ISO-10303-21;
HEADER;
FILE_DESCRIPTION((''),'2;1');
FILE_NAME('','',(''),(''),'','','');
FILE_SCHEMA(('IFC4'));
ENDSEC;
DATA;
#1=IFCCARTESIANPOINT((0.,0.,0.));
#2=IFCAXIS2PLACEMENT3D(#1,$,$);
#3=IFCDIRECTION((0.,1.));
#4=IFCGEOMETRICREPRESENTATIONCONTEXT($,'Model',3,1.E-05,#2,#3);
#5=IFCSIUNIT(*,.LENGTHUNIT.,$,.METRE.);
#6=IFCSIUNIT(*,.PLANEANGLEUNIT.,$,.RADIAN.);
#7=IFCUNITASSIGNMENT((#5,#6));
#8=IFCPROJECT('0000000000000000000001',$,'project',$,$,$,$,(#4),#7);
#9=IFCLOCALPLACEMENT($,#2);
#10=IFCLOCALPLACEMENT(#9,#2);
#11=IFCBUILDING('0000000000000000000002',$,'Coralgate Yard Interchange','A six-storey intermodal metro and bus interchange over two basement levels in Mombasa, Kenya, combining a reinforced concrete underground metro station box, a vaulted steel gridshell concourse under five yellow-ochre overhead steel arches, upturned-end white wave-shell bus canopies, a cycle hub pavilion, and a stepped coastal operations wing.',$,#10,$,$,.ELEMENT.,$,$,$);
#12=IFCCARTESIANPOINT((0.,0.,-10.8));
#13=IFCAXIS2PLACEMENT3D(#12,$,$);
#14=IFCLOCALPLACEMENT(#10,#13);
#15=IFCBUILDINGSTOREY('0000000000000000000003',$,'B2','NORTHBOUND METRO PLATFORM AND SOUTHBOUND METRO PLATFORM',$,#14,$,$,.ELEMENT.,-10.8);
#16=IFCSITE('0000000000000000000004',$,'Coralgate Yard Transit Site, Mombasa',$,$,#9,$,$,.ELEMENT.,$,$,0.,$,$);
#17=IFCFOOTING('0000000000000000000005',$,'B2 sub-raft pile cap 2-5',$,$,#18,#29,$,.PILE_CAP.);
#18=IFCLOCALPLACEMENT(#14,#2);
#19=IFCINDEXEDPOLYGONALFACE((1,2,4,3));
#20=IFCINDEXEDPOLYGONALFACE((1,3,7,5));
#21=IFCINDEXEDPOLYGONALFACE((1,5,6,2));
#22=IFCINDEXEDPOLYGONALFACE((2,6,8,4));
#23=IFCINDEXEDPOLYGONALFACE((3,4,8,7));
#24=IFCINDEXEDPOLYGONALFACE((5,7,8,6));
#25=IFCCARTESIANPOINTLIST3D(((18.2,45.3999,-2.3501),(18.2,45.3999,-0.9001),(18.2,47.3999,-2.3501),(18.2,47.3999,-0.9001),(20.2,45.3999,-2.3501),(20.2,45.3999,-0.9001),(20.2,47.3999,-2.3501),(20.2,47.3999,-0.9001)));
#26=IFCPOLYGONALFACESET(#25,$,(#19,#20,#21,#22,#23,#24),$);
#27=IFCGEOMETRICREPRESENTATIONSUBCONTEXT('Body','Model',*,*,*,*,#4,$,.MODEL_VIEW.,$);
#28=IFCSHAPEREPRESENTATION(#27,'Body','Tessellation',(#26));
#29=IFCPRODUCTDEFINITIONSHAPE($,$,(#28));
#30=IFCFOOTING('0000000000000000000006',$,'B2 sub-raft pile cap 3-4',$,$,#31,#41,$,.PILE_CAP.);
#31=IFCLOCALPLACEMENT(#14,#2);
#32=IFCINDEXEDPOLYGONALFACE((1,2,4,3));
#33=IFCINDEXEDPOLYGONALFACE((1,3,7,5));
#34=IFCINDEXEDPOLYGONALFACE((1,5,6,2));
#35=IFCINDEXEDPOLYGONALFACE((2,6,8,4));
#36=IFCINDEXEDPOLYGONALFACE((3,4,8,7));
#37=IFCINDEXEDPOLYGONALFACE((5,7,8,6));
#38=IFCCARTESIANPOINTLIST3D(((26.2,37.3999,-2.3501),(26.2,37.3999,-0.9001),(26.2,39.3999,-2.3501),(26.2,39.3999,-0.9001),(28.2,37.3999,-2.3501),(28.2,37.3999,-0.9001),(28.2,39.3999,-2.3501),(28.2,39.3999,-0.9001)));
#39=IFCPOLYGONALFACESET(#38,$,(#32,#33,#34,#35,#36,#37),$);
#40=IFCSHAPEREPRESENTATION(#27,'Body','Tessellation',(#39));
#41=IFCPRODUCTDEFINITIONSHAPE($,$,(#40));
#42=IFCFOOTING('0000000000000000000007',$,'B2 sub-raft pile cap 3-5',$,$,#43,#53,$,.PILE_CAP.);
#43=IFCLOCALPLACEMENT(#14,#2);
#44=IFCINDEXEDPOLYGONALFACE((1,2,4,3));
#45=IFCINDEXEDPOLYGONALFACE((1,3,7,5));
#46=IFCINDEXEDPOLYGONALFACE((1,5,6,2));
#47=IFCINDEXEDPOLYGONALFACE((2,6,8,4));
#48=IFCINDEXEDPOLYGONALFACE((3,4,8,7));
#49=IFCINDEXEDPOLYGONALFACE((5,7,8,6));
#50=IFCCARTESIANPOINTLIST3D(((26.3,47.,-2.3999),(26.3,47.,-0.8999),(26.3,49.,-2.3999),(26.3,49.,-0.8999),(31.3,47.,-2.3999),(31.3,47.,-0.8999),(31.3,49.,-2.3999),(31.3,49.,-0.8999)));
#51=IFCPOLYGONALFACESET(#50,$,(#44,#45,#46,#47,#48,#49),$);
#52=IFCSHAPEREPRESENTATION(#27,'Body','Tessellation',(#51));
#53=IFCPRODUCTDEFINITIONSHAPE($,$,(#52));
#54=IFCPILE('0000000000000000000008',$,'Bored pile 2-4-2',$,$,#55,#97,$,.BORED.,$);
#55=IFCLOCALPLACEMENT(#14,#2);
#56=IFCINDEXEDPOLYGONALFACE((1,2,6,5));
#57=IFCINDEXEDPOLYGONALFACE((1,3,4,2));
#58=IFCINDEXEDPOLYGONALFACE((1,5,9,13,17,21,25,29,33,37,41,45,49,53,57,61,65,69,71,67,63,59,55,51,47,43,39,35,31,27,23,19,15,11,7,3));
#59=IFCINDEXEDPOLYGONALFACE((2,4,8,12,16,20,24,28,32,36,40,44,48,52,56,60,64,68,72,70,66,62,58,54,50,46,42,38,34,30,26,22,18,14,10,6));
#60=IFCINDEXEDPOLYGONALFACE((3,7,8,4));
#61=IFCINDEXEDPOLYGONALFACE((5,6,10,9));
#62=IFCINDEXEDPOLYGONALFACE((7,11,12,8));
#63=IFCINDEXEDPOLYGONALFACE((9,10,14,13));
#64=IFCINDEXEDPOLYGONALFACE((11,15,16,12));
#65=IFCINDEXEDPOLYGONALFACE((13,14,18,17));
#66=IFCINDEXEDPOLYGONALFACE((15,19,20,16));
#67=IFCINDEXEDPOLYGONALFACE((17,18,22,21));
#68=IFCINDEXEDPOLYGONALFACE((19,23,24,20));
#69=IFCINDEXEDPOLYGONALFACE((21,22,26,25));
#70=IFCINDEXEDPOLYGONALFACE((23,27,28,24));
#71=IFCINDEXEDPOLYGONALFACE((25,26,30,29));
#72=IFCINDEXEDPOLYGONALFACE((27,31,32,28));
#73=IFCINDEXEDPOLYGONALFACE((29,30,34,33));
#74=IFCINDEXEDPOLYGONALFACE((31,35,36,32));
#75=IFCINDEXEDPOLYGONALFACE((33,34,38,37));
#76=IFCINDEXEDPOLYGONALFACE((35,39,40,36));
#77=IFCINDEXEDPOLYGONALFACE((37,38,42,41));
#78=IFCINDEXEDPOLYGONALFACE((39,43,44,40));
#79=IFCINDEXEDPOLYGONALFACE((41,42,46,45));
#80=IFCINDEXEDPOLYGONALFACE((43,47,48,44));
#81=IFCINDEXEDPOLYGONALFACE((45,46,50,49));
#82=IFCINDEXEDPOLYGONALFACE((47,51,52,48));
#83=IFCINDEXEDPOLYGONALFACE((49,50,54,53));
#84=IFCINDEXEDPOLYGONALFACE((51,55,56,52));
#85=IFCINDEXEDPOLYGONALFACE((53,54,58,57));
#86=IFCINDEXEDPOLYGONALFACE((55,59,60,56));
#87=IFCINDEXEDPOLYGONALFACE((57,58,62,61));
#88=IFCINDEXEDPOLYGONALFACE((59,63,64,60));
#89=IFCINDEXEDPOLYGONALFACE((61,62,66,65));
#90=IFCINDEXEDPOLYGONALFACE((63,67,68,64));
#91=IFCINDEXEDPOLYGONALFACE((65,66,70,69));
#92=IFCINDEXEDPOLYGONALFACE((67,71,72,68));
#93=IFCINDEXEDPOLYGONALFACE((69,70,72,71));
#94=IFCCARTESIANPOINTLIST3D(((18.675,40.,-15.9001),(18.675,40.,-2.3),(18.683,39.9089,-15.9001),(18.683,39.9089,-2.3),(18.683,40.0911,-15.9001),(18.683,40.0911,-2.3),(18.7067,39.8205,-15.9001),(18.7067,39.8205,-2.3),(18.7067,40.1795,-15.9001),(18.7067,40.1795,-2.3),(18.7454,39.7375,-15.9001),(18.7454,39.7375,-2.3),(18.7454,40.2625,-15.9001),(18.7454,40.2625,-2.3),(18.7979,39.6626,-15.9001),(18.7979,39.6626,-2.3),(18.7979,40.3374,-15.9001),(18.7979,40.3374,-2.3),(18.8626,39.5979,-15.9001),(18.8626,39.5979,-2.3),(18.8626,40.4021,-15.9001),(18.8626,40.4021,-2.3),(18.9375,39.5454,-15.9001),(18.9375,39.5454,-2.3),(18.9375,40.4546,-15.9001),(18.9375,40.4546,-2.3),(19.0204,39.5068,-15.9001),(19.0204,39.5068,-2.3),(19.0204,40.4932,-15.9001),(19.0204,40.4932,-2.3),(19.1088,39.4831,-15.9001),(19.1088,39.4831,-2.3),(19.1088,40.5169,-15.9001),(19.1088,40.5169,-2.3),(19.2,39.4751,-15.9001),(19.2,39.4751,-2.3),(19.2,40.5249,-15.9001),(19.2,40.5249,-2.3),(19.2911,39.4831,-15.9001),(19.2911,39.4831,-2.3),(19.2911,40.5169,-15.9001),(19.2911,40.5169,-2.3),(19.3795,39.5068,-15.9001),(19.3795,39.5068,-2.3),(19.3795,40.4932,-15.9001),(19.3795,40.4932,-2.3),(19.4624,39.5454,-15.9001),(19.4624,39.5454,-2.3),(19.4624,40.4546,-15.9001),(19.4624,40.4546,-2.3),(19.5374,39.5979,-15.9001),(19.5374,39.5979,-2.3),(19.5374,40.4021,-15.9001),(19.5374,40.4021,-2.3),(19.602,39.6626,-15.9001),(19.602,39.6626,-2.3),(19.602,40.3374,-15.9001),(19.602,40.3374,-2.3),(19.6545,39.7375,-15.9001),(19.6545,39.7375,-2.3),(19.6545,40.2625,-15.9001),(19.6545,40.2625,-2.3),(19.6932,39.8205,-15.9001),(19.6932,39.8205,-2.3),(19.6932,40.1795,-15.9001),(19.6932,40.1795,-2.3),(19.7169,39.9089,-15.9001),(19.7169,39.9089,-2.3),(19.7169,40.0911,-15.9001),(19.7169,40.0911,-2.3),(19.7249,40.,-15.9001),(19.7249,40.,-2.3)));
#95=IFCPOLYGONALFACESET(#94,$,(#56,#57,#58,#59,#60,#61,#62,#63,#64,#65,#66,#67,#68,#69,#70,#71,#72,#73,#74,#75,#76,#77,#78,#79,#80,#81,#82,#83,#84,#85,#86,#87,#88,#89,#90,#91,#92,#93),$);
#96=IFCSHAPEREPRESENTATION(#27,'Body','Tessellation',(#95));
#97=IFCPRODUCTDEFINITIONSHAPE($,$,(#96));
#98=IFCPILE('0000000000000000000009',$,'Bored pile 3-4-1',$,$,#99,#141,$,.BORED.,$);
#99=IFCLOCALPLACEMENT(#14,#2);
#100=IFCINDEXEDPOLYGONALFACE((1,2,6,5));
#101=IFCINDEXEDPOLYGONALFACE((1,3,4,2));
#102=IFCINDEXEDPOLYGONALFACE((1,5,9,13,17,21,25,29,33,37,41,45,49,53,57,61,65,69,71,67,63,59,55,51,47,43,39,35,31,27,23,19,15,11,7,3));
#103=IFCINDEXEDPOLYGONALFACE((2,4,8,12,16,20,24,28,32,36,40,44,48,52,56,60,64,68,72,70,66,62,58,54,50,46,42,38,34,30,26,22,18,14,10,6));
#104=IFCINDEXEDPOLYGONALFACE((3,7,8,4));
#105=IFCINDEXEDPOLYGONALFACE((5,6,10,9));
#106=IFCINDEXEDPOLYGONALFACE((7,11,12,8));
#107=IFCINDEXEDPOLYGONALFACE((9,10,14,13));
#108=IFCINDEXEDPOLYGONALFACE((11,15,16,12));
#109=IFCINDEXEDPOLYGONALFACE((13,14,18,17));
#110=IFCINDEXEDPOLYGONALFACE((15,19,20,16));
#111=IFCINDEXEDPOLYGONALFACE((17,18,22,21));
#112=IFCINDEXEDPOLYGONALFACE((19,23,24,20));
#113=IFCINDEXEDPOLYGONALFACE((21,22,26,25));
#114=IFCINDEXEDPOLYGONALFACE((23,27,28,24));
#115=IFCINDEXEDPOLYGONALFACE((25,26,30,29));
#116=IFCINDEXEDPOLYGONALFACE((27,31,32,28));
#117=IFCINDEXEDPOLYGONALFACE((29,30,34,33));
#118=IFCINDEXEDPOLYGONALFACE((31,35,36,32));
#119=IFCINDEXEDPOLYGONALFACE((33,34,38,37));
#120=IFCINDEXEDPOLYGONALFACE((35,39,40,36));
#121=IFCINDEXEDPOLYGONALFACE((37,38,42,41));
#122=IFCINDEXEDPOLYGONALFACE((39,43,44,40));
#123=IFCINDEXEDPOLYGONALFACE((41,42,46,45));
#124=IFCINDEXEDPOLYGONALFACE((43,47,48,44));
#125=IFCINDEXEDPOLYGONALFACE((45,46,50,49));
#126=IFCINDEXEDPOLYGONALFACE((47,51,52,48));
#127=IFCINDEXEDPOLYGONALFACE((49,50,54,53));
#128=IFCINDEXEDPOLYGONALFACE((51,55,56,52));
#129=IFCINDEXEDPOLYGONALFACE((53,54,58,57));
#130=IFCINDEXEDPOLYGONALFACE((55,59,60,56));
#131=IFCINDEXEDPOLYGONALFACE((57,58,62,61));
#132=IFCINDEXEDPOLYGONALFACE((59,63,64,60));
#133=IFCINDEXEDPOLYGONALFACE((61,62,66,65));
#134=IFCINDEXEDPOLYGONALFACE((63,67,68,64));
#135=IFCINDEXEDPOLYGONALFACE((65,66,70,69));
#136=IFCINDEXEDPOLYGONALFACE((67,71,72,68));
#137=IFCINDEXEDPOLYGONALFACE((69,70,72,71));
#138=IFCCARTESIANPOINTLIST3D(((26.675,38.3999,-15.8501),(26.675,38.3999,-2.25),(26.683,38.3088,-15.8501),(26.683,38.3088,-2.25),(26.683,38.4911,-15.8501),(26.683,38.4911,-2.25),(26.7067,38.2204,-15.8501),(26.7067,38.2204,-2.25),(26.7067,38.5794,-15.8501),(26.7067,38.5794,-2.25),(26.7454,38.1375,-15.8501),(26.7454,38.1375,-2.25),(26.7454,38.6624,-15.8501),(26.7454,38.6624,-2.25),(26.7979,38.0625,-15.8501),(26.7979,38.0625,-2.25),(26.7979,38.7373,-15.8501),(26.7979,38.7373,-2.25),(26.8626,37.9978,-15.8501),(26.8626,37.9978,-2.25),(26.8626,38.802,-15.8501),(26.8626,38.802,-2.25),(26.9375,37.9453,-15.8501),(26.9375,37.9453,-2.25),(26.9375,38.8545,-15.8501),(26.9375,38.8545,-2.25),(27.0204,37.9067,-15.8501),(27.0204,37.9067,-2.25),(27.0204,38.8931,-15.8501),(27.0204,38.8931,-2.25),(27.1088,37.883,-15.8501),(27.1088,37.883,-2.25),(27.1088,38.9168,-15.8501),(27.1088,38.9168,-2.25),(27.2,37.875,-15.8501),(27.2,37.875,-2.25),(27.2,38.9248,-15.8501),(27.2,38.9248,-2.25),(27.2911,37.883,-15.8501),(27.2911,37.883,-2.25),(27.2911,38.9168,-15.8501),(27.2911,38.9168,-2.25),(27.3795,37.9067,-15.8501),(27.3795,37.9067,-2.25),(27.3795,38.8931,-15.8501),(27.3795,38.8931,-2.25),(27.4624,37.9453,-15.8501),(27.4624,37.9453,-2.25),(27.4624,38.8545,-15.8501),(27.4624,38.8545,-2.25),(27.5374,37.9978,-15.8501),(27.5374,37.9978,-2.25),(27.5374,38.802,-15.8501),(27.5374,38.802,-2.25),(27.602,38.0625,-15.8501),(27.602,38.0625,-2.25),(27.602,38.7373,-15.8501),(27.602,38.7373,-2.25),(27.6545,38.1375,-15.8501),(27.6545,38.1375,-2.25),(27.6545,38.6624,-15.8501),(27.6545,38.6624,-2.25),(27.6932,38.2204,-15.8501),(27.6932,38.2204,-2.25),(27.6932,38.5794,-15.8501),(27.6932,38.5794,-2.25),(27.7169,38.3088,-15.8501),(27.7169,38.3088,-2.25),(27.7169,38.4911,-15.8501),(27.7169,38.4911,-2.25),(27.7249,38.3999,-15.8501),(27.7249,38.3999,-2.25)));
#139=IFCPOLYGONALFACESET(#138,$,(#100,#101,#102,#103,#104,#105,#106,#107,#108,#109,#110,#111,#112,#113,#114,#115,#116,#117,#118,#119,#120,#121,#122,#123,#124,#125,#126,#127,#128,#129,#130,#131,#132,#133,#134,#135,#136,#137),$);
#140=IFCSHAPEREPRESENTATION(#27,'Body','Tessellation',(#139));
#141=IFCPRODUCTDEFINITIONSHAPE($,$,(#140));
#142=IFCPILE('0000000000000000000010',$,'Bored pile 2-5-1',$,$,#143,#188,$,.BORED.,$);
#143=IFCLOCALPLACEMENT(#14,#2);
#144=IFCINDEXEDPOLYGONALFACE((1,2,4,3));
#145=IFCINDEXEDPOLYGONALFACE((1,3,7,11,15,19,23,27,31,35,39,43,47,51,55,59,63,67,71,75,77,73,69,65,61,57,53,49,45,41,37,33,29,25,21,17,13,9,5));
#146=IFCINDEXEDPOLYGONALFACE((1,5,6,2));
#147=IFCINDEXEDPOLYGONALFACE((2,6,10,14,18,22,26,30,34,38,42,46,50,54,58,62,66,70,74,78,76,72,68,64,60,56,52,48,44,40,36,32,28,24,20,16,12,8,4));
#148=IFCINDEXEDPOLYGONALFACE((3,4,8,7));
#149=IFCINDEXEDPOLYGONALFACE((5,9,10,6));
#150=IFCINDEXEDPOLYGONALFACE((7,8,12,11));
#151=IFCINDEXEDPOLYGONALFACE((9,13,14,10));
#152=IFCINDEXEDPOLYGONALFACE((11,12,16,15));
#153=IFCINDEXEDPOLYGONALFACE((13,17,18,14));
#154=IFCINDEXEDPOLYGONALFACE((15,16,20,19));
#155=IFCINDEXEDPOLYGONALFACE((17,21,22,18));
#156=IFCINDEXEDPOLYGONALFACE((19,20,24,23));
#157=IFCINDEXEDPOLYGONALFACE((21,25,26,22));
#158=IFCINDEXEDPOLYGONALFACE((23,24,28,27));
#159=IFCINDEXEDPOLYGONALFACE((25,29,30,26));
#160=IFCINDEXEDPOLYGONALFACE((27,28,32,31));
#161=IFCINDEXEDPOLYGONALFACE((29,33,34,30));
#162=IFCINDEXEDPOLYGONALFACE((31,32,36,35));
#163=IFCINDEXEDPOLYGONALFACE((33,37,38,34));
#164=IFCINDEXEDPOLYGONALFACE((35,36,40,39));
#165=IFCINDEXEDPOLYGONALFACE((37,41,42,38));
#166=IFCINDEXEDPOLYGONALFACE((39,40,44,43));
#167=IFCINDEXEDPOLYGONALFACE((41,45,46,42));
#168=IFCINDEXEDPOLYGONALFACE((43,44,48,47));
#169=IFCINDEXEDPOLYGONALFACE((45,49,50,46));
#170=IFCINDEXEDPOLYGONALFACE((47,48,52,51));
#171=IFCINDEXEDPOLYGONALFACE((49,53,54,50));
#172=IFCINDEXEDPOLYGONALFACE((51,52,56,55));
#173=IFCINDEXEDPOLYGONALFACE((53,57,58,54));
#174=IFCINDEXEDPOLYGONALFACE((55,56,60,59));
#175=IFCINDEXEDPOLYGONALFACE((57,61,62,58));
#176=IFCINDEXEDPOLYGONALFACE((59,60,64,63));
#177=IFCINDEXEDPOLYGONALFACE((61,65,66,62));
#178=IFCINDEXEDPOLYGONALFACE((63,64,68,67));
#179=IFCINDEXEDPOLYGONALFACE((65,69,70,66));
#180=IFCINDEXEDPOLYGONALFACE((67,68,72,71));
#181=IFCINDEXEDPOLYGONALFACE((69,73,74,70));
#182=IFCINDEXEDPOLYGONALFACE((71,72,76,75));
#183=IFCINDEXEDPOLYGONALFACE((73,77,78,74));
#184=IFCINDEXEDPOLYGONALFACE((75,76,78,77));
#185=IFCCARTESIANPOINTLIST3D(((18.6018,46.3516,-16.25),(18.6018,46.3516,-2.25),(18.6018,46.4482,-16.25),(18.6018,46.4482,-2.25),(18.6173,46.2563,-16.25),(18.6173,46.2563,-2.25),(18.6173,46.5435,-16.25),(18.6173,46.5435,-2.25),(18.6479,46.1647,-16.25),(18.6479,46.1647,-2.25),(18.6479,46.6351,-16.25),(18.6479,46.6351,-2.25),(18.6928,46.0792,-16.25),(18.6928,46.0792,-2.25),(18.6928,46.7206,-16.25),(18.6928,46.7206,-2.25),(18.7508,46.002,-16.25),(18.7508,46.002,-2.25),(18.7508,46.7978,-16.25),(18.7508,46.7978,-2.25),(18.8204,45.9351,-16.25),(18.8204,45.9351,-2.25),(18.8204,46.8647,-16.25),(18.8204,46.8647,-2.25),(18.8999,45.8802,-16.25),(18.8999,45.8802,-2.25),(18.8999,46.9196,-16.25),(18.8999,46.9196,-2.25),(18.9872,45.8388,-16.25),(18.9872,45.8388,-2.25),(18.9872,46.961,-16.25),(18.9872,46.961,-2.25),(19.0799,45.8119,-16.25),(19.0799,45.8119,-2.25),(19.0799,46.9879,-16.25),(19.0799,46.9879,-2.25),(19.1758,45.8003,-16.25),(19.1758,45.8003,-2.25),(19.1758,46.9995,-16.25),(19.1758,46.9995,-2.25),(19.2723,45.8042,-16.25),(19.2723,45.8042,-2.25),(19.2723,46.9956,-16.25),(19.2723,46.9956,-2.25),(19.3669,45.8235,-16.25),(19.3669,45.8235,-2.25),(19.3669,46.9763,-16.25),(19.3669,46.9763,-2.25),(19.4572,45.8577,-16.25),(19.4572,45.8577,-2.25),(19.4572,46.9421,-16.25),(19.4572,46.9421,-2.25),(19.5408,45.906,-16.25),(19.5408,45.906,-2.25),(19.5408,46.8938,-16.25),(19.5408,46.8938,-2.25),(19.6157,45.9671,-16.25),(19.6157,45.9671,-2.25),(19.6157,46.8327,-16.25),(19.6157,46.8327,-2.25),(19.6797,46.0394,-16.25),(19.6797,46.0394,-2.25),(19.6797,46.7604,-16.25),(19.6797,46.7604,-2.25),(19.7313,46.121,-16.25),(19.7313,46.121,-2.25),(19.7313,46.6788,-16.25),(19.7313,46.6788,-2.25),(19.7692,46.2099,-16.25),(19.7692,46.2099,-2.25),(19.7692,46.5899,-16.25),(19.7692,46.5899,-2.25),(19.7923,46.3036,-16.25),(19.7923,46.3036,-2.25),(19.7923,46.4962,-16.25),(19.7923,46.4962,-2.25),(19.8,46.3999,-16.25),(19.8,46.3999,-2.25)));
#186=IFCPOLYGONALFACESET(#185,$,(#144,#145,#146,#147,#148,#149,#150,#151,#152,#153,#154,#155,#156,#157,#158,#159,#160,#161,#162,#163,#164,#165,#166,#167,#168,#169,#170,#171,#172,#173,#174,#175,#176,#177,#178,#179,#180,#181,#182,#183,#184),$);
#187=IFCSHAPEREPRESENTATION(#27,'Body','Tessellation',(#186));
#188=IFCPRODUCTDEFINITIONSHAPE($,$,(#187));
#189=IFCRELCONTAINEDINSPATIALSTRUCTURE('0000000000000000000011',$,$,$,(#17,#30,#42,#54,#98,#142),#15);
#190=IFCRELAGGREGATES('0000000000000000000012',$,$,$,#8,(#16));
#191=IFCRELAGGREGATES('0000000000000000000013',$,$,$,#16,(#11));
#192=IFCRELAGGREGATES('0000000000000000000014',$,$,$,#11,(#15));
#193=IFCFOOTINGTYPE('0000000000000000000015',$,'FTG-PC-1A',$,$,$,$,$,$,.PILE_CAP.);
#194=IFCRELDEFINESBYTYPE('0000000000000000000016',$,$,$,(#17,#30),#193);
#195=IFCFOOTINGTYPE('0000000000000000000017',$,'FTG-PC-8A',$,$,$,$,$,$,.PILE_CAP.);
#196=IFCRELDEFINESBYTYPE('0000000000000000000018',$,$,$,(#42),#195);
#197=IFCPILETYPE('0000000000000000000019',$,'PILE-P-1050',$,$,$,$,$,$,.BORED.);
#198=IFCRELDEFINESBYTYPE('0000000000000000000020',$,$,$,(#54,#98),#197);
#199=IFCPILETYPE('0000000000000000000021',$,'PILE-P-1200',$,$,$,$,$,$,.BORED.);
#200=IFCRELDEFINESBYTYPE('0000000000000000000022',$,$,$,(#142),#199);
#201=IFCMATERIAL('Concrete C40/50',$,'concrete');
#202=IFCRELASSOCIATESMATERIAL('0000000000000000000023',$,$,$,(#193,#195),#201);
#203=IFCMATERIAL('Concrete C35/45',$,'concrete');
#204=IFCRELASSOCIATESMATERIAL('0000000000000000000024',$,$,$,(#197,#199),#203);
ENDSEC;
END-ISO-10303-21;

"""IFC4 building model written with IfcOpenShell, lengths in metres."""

from ifc_helpers import new_model, si_unit, direction, frame, origin, origin_2d, place, context, subcontext, project, spatial, rectangle, circle, extrude, material, material_profile, profile_set, type_object, element, save


model = new_model("IFC4")

# Units and contexts
model_context = context("Model", 3, precision=1e-05, world=origin(), true_north=direction((0.0, 1.0)))
body_context = subcontext(model_context, "Body", "Model", "MODEL_VIEW")
ifc_project = project(units=[si_unit("LENGTHUNIT", "METRE"), si_unit("PLANEANGLEUNIT", "RADIAN")], contexts=[model_context])

# Site, building, storey
site_placement = place(None, origin())
site = spatial("IfcSite", under=ifc_project, at=site_placement, Name="Coralgate Yard Transit Site, Mombasa", CompositionType="ELEMENT", RefElevation=0.0)
building_placement = place(site_placement, origin())
building = spatial("IfcBuilding", under=site, at=building_placement, Name="Coralgate Yard Interchange", Description="A six-storey intermodal metro and bus interchange over two basement levels in Mombasa, Kenya, combining a reinforced concrete underground metro station box, a vaulted steel gridshell concourse under five yellow-ochre overhead steel arches, upturned-end white wave-shell bus canopies, a cycle hub pavilion, and a stepped coastal operations wing.", CompositionType="ELEMENT")
storey_placement = place(building_placement, frame((0.0, 0.0, -10.8)))
storey = spatial("IfcBuildingStorey", under=building, at=storey_placement, Name="B2", Description="NORTHBOUND METRO PLATFORM AND SOUTHBOUND METRO PLATFORM", CompositionType="ELEMENT", Elevation=-10.8)

# Footings
ifc_material_1 = material(Name="Concrete C40/50", Category="concrete")
footing_type_1 = type_object("IfcFootingType", Name="FTG-PC-1A", PredefinedType="PILE_CAP", material=ifc_material_1)
for number, where, z_axis, x_axis, name in (
    (1, (19.2, 46.3999, -2.3501), (0.0, 0.0, 1.0), (1.0, 0.0, 0.0), "B2 sub-raft pile cap 2-5"),
    (2, (27.2, 38.3999, -2.3501), (0.0, 0.0, 1.0), (1.0, 0.0, 0.0), "B2 sub-raft pile cap 3-4"),
):
    element("IfcFooting", number, at=place(storey_placement, frame(where, z_axis=z_axis, x_axis=x_axis)), inside=storey, type_object=footing_type_1, Name=name, PredefinedType="PILE_CAP", context=body_context, shape_type="SweptSolid", body=[
        extrude(rectangle(XDim=2.0, YDim=2.0, at=origin_2d()), origin(), (0.0, 0.0, 1.0), 1.45),
    ])
footing_type_2 = type_object("IfcFootingType", Name="FTG-PC-8A", PredefinedType="PILE_CAP", material=ifc_material_1)
footing_placement = place(storey_placement, frame((28.8, 48.0, -2.3999), z_axis=(0.0, 0.0, 1.0), x_axis=(1.0, 0.0, 0.0)))
element("IfcFooting", 3, at=footing_placement, inside=storey, type_object=footing_type_2, Name="B2 sub-raft pile cap 3-5", PredefinedType="PILE_CAP", context=body_context, shape_type="SweptSolid", body=[
    extrude(rectangle(XDim=5.0, YDim=2.0, at=origin_2d()), origin(), (0.0, 0.0, 1.0), 1.5),
])

# Piles
ifc_material_2 = material(Name="Concrete C35/45", Category="concrete")
ifc_material_profile_1 = material_profile(ifc_material_2, circle(Radius=0.5249, at=origin_2d()), Name="BORED PILE D1050")
ifc_profile_set_1 = profile_set([ifc_material_profile_1], Name="Concrete C35/45")
pile_type_1 = type_object("IfcPileType", Name="PILE-P-1050", PredefinedType="BORED", material=ifc_profile_set_1)
for number, where, z_axis, x_axis, name in (
    (4, (19.2, 40.0, -2.3), (0.0, 0.0, -1.0), (1.0, 0.0, 0.0), "Bored pile 2-4-2"),
    (5, (27.2, 38.3999, -2.25), (0.0, 0.0, -1.0), (1.0, 0.0, 0.0), "Bored pile 3-4-1"),
):
    element("IfcPile", number, at=place(storey_placement, frame(where, z_axis=z_axis, x_axis=x_axis)), inside=storey, type_object=pile_type_1, Name=name, PredefinedType="BORED", context=body_context, shape_type="SweptSolid", body=[
        extrude(circle(Radius=0.5249, at=origin_2d()), origin(), (0.0, 0.0, 1.0), 13.6001),
    ])
ifc_material_profile_2 = material_profile(ifc_material_2, circle(Radius=0.6001, at=origin_2d()), Name="BORED PILE D1200")
ifc_profile_set_2 = profile_set([ifc_material_profile_2], Name="Concrete C35/45")
pile_type_2 = type_object("IfcPileType", Name="PILE-P-1200", PredefinedType="BORED", material=ifc_profile_set_2)
for number, where, z_axis, x_axis, name in (
    (6, (19.2, 46.3999, -2.25), (0.0, 0.0, -1.0), (1.0, 0.0, 0.0), "Bored pile 2-5-1"),
):
    element("IfcPile", number, at=place(storey_placement, frame(where, z_axis=z_axis, x_axis=x_axis)), inside=storey, type_object=pile_type_2, Name=name, PredefinedType="BORED", context=body_context, shape_type="SweptSolid", body=[
        extrude(circle(Radius=0.6001, at=origin_2d()), origin(), (0.0, 0.0, 1.0), 14.0),
    ])

save(model, "model.ifc")
